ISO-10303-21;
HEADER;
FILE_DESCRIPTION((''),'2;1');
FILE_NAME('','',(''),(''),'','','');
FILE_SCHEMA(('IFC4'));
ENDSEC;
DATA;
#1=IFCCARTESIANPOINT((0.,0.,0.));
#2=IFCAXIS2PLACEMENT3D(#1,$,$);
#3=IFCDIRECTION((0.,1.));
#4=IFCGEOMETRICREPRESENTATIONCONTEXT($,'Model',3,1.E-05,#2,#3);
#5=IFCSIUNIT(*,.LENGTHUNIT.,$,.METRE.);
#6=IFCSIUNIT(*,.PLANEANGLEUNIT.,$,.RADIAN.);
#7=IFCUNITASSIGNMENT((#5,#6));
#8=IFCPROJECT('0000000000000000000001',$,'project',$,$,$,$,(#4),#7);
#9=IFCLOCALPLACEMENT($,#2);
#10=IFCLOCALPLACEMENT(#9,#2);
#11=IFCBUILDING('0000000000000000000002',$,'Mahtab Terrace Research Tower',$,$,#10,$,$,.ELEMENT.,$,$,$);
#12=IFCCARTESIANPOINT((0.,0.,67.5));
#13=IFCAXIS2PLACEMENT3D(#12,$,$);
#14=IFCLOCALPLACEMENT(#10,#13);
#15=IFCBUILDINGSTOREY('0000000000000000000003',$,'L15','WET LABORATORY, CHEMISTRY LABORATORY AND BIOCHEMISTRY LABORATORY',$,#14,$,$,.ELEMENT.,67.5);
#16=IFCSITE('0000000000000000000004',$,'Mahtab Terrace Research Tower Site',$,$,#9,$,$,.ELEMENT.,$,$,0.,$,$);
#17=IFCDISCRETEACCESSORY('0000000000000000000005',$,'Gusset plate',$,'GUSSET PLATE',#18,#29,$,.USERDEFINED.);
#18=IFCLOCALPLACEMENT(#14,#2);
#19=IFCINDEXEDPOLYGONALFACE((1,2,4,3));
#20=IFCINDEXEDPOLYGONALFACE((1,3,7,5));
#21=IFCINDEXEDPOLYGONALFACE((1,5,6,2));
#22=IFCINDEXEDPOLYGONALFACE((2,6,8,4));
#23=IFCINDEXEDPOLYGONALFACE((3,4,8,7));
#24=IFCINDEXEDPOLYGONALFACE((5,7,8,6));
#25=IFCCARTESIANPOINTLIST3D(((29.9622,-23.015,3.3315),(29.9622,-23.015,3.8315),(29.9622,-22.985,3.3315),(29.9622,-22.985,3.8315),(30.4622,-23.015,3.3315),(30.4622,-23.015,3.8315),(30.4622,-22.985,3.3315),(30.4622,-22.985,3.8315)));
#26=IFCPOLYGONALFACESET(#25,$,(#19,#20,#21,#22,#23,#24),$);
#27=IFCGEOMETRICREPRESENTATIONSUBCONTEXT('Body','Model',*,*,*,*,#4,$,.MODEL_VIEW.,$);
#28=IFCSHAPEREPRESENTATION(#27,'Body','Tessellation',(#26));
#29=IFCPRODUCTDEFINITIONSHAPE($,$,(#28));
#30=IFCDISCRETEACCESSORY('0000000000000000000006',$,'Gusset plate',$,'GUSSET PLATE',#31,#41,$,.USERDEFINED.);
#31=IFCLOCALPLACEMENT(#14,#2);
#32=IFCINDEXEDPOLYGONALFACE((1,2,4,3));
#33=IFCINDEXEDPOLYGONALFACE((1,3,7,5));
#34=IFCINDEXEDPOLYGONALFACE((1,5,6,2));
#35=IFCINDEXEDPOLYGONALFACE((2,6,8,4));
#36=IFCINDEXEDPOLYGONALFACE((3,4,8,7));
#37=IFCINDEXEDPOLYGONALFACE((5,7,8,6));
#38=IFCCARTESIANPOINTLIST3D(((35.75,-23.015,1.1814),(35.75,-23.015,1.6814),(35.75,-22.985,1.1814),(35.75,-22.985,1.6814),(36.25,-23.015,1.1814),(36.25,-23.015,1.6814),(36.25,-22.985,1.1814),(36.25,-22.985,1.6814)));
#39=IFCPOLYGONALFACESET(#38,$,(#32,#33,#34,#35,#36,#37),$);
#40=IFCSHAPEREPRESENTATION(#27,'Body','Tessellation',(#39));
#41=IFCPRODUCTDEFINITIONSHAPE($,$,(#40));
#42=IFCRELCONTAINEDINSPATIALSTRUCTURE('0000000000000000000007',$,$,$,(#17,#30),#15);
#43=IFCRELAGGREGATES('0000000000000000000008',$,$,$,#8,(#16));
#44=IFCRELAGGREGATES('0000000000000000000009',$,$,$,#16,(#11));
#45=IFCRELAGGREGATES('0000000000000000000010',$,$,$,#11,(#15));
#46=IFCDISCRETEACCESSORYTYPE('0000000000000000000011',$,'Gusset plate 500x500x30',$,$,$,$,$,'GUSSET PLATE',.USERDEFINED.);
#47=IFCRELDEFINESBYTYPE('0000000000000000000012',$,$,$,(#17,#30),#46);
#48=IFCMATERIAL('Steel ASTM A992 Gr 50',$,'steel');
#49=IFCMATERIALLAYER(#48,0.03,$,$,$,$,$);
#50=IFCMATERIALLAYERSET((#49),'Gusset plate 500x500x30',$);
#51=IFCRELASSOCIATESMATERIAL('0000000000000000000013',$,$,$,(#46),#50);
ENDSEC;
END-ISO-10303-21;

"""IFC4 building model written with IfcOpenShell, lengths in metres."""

from ifc_helpers import new_model, si_unit, direction, frame, origin, origin_2d, place, context, subcontext, project, spatial, rectangle, extrude, material, layer, layer_set, type_object, element, save


model = new_model("IFC4")

# Units and contexts
model_context = context("Model", 3, precision=1e-05, world=origin(), true_north=direction((0.0, 1.0)))
body_context = subcontext(model_context, "Body", "Model", "MODEL_VIEW")
ifc_project = project(units=[si_unit("LENGTHUNIT", "METRE"), si_unit("PLANEANGLEUNIT", "RADIAN")], contexts=[model_context])

# Site, building, storey
site_placement = place(None, origin())
site = spatial("IfcSite", under=ifc_project, at=site_placement, Name="Mahtab Terrace Research Tower Site", CompositionType="ELEMENT", RefElevation=0.0)
building_placement = place(site_placement, origin())
building = spatial("IfcBuilding", under=site, at=building_placement, Name="Mahtab Terrace Research Tower", CompositionType="ELEMENT")
storey_placement = place(building_placement, frame((0.0, 0.0, 67.5)))
storey = spatial("IfcBuildingStorey", under=building, at=storey_placement, Name="L15", Description="WET LABORATORY, CHEMISTRY LABORATORY AND BIOCHEMISTRY LABORATORY", CompositionType="ELEMENT", Elevation=67.5)

# Shared definitions
ifc_material_1 = material(Name="Steel ASTM A992 Gr 50", Category="steel")

# Discrete accessories
ifc_layer_1 = layer(ifc_material_1, 0.03)
ifc_layer_set_1 = layer_set([ifc_layer_1], Name="Gusset plate 500x500x30")
discrete_accessory_type = type_object("IfcDiscreteAccessoryType", Name="Gusset plate 500x500x30", ElementType="GUSSET PLATE", PredefinedType="USERDEFINED", material=ifc_layer_set_1)
for number, where, z_axis, x_axis, name in (
    (1, (30.2122, -23.0, 3.3315), (0.0, 0.0, 1.0), (1.0, 0.0, 0.0), "Gusset plate"),
    (2, (36.0, -23.0, 1.1814), (0.0, 0.0, 1.0), (1.0, 0.0, 0.0), "Gusset plate"),
):
    element("IfcDiscreteAccessory", number, at=place(storey_placement, frame(where, z_axis=z_axis, x_axis=x_axis)), inside=storey, type_object=discrete_accessory_type, Name=name, ObjectType="GUSSET PLATE", PredefinedType="USERDEFINED", context=body_context, shape_type="SweptSolid", body=[
        extrude(rectangle(XDim=0.5, YDim=0.03, at=origin_2d()), origin(), (0.0, 0.0, 1.0), 0.5),
    ])

save(model, "model.ifc")
